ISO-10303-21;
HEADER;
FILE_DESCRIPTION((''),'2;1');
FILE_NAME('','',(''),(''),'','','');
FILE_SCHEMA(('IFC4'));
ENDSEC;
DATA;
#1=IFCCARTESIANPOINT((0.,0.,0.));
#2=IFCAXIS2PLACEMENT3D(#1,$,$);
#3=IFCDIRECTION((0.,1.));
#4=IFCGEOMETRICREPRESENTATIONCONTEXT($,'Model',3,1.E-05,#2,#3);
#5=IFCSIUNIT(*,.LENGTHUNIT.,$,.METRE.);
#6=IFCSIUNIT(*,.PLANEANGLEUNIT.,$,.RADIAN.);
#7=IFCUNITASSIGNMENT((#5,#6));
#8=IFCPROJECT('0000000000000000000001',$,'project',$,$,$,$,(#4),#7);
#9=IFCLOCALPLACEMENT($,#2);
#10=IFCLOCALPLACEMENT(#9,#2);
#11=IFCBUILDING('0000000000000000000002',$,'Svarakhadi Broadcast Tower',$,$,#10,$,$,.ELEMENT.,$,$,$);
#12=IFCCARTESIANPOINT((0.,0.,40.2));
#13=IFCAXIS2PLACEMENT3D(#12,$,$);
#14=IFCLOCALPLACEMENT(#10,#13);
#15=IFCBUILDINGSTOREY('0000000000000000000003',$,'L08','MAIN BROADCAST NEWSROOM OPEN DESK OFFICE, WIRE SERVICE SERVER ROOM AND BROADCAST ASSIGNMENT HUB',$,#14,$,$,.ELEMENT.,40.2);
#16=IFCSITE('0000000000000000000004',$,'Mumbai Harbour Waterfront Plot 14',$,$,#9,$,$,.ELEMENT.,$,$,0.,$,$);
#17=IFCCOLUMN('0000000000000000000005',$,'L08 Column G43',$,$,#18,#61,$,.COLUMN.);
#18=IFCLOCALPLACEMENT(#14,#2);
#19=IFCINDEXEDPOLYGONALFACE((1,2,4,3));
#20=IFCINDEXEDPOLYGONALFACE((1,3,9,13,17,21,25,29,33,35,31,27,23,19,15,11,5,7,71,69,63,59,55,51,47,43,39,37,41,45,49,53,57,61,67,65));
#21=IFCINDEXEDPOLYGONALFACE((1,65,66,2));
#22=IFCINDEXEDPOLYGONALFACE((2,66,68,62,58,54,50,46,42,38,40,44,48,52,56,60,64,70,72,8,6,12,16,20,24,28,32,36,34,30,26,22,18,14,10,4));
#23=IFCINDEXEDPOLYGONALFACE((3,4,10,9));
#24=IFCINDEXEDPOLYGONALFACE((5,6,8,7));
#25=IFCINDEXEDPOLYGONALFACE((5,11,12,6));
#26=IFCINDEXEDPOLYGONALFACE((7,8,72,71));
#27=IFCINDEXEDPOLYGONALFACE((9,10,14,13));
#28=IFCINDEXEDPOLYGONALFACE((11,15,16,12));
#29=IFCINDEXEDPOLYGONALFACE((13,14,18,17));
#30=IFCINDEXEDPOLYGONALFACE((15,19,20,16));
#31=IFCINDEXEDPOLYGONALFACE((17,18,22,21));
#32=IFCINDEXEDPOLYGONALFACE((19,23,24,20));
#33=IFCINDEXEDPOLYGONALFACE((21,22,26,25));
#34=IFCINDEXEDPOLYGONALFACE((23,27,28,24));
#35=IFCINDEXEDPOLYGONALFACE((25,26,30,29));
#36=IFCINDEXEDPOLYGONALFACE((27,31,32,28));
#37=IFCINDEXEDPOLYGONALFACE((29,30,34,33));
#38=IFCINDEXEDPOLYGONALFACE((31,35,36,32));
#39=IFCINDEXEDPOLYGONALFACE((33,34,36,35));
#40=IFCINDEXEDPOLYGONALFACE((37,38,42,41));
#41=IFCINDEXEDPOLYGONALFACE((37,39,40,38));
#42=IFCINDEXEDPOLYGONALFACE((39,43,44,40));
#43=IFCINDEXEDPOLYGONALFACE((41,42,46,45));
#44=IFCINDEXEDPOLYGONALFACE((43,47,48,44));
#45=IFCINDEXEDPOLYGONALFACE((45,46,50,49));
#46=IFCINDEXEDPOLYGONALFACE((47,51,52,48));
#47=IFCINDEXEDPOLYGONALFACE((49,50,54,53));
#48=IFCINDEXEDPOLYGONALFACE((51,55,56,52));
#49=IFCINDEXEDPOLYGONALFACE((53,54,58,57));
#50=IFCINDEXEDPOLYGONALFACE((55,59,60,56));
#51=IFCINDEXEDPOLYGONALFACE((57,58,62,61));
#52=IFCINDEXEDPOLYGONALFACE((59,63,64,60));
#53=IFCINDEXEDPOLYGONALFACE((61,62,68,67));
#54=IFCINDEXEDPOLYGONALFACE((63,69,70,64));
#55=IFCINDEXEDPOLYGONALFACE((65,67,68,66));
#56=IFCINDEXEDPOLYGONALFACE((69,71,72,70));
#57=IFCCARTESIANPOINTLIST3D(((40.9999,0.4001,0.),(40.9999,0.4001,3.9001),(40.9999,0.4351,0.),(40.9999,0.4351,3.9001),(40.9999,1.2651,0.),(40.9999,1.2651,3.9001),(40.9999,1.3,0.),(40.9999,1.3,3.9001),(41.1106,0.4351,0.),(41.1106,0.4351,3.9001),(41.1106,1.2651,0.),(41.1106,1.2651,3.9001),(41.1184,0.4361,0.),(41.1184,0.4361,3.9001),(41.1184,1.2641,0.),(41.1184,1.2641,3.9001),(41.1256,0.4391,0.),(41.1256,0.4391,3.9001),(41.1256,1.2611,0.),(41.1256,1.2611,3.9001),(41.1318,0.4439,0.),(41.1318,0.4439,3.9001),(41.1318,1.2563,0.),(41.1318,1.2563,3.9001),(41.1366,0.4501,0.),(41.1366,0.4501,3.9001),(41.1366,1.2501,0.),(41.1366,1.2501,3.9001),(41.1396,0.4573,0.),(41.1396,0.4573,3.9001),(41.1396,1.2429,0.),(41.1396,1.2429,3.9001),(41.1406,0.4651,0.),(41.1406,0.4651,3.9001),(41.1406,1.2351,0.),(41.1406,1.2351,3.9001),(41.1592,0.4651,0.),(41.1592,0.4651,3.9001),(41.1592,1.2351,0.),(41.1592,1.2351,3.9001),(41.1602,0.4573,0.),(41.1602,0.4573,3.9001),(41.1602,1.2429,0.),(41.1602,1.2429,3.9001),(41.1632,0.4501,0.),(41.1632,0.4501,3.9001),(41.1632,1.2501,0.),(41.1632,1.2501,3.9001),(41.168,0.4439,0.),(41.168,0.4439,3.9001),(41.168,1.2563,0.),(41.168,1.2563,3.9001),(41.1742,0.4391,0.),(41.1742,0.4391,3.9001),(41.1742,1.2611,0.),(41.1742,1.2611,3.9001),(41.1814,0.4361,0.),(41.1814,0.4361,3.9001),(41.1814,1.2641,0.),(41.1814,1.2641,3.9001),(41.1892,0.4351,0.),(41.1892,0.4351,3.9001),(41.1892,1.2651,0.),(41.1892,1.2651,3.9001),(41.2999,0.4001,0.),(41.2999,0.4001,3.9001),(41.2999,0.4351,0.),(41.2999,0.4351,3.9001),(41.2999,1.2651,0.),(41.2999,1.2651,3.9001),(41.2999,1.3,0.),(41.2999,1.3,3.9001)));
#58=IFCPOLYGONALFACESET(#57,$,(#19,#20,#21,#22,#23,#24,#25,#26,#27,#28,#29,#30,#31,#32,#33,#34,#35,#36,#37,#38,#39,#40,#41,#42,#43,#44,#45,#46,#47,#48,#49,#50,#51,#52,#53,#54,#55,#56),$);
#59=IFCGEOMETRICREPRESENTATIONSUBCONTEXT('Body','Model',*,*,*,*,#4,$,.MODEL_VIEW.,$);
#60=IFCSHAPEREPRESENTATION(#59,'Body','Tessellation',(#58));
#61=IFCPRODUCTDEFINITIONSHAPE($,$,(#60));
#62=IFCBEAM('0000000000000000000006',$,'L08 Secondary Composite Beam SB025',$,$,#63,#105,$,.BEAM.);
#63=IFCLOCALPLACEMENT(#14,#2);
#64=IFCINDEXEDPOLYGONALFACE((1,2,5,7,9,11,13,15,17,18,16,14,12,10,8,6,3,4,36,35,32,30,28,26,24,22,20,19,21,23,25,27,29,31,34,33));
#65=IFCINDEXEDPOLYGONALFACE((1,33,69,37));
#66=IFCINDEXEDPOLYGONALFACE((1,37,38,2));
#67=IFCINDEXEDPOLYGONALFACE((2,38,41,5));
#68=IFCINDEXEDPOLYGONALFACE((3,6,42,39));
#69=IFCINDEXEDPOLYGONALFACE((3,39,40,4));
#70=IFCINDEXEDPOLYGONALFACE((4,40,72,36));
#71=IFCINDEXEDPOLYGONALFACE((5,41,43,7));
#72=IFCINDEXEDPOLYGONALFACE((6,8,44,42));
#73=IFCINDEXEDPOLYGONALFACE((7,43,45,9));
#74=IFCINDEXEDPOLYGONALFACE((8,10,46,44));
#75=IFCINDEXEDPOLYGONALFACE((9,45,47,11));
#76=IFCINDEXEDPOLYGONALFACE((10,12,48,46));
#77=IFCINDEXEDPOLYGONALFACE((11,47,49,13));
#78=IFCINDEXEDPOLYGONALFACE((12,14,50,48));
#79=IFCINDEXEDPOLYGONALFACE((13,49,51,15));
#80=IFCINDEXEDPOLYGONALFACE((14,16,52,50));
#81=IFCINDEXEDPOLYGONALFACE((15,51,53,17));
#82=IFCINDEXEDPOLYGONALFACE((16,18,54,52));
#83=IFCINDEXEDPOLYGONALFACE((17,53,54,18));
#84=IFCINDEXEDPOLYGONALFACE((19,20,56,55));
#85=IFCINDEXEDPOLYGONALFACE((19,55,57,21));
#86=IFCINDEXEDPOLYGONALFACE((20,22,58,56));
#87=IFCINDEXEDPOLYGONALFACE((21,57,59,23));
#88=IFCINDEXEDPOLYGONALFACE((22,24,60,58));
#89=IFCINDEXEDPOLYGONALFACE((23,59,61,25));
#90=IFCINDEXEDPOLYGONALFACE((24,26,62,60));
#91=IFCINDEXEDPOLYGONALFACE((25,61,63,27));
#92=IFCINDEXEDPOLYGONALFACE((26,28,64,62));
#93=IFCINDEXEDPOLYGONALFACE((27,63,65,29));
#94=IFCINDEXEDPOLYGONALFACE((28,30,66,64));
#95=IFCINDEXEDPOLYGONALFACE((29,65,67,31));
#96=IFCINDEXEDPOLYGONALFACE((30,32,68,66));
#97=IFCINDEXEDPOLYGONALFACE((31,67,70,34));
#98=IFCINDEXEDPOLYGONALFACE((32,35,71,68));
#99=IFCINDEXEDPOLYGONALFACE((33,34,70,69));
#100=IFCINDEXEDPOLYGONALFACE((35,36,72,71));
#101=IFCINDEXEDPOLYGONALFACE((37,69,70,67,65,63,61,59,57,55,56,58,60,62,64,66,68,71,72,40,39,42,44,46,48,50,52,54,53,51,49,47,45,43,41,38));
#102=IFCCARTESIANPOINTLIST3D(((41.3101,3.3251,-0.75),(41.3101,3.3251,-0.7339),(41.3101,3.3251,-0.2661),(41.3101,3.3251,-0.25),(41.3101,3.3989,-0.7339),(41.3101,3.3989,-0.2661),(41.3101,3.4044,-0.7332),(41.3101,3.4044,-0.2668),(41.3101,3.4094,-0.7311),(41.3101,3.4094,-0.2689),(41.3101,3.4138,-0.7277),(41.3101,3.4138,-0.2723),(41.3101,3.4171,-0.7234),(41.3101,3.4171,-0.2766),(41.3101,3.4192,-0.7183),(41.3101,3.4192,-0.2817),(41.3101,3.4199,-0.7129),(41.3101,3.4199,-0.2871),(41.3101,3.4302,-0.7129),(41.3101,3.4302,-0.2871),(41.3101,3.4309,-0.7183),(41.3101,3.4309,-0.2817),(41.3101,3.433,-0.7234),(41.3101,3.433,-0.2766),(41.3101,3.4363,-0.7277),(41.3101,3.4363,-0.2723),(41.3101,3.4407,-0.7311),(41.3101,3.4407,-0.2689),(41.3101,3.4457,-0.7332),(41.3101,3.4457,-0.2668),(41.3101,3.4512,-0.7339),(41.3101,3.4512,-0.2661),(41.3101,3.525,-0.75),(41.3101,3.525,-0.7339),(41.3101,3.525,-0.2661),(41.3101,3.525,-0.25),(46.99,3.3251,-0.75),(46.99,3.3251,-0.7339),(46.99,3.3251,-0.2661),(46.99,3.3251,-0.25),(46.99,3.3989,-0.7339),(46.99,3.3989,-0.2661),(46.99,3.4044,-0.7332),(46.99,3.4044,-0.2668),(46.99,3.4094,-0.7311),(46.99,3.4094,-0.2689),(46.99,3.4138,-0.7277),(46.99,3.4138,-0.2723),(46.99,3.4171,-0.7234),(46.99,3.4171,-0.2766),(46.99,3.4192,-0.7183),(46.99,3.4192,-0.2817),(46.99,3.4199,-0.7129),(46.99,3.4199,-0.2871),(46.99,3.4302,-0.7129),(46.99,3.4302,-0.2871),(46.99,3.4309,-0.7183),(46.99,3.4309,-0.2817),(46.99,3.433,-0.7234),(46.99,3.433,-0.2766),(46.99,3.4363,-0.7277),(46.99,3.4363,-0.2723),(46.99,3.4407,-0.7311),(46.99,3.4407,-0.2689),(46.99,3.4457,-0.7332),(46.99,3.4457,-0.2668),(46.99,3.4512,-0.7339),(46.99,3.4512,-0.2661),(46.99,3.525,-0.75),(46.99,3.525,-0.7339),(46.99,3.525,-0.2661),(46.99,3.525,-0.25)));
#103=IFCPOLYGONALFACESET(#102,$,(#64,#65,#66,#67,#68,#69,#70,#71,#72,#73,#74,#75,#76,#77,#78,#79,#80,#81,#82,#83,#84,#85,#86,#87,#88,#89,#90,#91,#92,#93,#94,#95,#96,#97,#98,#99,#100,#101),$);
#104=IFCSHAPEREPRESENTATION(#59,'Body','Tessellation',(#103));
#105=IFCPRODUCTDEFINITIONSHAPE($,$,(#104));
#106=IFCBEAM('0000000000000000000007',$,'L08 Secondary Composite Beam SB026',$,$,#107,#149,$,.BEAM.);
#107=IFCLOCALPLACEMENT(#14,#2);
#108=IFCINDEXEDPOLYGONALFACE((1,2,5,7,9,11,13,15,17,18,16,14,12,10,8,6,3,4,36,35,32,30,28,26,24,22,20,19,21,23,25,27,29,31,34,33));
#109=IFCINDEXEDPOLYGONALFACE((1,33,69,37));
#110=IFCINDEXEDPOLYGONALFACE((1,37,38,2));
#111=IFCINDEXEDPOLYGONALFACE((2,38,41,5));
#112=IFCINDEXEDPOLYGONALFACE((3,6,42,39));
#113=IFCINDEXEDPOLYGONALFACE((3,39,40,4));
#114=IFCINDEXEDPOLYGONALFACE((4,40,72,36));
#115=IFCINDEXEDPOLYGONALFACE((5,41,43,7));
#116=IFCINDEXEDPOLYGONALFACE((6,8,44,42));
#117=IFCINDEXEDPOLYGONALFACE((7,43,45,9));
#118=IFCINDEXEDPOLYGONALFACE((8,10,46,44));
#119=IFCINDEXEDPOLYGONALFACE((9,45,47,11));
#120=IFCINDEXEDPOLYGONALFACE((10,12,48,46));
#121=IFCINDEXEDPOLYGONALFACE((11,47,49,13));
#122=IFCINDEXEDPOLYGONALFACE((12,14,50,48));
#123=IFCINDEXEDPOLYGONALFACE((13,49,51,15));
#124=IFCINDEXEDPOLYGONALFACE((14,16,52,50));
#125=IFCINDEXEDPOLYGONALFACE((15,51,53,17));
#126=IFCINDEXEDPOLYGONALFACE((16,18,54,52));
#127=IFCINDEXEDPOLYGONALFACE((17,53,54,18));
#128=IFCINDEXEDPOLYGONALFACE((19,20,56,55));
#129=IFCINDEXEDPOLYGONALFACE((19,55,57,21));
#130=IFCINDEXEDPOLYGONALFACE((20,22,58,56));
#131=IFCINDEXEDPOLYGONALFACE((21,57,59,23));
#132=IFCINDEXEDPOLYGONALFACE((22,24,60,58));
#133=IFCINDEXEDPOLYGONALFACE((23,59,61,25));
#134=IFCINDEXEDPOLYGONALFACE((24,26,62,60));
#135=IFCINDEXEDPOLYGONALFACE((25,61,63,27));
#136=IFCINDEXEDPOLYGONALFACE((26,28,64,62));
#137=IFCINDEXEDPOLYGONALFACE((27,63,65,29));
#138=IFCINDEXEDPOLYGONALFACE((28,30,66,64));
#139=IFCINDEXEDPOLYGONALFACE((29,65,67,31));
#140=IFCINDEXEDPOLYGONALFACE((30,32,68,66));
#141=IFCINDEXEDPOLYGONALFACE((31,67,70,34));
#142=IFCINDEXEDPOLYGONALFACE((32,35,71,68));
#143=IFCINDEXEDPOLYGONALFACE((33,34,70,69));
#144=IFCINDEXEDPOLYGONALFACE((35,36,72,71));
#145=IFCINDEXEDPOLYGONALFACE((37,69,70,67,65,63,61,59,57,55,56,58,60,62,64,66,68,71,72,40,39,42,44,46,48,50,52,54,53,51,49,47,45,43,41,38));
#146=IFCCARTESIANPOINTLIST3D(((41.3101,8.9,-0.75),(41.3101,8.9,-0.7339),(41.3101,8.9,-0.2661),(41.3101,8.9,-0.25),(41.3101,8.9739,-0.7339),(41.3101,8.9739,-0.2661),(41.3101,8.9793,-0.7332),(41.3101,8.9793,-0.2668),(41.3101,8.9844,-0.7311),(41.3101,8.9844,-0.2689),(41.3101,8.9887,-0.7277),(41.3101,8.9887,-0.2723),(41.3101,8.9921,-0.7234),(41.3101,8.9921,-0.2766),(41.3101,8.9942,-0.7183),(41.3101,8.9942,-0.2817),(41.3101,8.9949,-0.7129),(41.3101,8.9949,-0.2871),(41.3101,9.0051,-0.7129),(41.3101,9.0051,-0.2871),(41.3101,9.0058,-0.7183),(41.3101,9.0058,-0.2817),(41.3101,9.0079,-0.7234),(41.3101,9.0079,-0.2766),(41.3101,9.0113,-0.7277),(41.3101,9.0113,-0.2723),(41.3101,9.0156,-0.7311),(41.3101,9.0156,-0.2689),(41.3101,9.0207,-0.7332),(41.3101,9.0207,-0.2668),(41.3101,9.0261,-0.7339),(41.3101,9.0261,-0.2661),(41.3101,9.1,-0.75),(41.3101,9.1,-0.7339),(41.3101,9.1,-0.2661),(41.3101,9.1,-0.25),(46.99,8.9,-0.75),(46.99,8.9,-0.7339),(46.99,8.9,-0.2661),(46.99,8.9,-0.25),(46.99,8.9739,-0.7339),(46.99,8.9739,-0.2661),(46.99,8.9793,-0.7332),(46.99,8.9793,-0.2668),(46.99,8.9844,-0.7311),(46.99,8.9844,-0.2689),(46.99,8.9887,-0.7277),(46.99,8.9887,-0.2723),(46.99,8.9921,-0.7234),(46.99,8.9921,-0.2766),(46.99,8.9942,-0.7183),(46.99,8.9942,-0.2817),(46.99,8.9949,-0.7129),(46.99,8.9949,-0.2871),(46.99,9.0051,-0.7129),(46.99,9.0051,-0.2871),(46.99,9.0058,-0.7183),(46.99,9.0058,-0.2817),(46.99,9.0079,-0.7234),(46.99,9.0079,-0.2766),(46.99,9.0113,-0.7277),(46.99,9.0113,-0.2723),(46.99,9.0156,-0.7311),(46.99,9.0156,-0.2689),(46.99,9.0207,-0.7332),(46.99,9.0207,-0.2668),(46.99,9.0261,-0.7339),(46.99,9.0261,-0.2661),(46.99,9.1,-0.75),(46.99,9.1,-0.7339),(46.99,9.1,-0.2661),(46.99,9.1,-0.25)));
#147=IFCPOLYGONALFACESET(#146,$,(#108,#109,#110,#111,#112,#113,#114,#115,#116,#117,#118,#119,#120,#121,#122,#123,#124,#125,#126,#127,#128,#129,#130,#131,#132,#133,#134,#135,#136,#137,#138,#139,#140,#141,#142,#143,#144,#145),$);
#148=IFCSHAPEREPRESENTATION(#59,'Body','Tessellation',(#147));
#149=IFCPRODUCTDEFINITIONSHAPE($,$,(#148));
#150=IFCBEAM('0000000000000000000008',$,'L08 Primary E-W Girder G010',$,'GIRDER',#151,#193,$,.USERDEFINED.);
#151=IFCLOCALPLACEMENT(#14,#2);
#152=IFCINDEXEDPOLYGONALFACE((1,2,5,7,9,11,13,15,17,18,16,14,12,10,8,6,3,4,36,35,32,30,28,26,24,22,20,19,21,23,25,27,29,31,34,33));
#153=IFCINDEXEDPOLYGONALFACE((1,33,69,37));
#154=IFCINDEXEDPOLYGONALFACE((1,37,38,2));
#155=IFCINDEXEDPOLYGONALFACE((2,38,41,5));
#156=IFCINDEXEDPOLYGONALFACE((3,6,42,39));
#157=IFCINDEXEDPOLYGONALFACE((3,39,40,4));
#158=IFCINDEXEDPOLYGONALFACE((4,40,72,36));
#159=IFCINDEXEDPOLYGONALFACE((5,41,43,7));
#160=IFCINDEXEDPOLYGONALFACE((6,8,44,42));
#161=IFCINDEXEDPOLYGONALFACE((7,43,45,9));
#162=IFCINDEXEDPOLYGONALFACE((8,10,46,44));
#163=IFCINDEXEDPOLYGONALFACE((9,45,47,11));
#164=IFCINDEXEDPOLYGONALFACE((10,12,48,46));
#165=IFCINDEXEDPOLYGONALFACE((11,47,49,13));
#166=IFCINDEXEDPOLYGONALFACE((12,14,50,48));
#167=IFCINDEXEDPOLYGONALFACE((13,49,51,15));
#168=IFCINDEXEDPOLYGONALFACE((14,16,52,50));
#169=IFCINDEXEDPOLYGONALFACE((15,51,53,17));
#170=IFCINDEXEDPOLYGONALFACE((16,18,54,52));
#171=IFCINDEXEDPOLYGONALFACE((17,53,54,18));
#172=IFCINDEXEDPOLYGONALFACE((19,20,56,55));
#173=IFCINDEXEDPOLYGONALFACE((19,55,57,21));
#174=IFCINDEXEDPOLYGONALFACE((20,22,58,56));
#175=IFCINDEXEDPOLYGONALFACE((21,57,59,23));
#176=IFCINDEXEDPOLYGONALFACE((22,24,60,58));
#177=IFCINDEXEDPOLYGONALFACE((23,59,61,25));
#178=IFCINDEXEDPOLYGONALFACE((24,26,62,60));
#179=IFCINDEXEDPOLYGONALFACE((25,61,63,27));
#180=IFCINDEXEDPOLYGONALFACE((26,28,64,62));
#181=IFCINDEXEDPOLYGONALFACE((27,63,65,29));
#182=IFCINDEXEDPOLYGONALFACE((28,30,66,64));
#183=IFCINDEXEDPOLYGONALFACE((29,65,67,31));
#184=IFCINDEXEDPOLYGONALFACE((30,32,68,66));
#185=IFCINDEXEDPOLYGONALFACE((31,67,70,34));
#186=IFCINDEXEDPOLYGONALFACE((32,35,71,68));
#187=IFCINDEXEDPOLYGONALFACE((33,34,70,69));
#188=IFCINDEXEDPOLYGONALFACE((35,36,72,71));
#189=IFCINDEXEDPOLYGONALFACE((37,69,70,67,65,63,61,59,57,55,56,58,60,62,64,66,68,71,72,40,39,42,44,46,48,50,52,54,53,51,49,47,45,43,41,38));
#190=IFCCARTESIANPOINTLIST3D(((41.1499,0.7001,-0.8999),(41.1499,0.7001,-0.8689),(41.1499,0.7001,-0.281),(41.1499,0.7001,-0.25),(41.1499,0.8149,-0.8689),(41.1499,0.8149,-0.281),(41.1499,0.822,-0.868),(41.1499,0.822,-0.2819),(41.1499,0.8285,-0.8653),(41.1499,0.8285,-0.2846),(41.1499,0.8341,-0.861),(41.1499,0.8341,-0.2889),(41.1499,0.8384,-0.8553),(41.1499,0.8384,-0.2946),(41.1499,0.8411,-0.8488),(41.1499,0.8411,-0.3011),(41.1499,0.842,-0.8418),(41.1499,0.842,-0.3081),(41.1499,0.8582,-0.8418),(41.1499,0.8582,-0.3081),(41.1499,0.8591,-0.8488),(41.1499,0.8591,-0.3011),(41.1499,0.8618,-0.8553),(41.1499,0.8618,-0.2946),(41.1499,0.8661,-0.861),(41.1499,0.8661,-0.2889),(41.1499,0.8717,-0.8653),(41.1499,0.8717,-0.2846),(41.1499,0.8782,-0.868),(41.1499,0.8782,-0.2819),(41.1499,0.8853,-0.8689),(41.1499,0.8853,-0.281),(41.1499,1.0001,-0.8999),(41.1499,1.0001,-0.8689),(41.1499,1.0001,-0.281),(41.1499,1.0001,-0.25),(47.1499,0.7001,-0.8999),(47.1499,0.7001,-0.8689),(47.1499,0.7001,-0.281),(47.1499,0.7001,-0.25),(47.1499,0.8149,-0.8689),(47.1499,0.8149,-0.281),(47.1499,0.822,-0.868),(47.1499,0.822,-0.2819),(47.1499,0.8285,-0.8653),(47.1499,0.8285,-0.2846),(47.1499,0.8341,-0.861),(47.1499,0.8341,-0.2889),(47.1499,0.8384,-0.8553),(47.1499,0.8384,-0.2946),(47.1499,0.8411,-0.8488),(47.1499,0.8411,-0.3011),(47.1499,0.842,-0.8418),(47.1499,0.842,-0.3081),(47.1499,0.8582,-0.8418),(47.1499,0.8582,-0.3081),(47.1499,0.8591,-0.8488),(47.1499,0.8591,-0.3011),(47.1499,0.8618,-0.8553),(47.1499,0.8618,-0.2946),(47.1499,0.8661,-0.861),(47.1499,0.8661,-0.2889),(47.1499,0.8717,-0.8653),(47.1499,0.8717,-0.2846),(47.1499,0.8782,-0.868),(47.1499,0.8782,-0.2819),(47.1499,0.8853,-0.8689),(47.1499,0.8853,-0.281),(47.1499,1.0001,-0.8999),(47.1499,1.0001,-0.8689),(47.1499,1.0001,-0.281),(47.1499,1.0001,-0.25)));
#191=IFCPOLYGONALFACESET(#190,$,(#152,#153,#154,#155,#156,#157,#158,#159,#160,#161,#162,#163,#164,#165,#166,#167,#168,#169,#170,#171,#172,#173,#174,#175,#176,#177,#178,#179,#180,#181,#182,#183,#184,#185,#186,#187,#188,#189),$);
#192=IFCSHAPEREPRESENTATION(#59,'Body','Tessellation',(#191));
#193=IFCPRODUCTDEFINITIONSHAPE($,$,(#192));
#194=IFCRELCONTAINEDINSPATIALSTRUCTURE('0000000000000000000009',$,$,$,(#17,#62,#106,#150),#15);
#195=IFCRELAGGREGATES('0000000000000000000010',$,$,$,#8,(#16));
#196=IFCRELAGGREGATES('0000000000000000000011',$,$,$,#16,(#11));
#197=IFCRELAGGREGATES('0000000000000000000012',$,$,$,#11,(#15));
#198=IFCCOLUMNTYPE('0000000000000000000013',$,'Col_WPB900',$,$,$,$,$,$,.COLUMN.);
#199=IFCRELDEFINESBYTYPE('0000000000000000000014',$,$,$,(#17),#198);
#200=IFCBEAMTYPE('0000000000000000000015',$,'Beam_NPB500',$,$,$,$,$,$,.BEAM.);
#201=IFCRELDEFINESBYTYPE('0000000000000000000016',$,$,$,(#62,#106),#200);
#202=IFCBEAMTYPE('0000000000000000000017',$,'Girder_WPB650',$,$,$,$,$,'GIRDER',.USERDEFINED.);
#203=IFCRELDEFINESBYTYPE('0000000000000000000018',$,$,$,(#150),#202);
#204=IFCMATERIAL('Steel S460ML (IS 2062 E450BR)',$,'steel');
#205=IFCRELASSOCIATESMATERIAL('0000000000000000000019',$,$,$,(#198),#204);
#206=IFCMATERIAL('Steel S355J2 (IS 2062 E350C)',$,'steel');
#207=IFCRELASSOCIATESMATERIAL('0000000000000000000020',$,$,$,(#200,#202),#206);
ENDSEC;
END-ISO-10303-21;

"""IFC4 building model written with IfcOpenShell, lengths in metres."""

from ifc_helpers import new_model, si_unit, direction, frame, origin, origin_2d, place, context, subcontext, project, spatial, i_section, extrude, material, material_profile, profile_set, type_object, element, save


model = new_model("IFC4")

# Units and contexts
model_context = context("Model", 3, precision=1e-05, world=origin(), true_north=direction((0.0, 1.0)))
body_context = subcontext(model_context, "Body", "Model", "MODEL_VIEW")
ifc_project = project(units=[si_unit("LENGTHUNIT", "METRE"), si_unit("PLANEANGLEUNIT", "RADIAN")], contexts=[model_context])

# Site, building, storey
site_placement = place(None, origin())
site = spatial("IfcSite", under=ifc_project, at=site_placement, Name="Mumbai Harbour Waterfront Plot 14", CompositionType="ELEMENT", RefElevation=0.0)
building_placement = place(site_placement, origin())
building = spatial("IfcBuilding", under=site, at=building_placement, Name="Svarakhadi Broadcast Tower", CompositionType="ELEMENT")
storey_placement = place(building_placement, frame((0.0, 0.0, 40.2)))
storey = spatial("IfcBuildingStorey", under=building, at=storey_placement, Name="L08", Description="MAIN BROADCAST NEWSROOM OPEN DESK OFFICE, WIRE SERVICE SERVER ROOM AND BROADCAST ASSIGNMENT HUB", CompositionType="ELEMENT", Elevation=40.2)

# Column
ifc_material_1 = material(Name="Steel S460ML (IS 2062 E450BR)", Category="steel")
ifc_material_profile_1 = material_profile(ifc_material_1, i_section(OverallWidth=0.3, OverallDepth=0.8999, WebThickness=0.0186, FlangeThickness=0.0349, FilletRadius=0.03, at=origin_2d()), Name="WPB 900x300x291")
ifc_profile_set_1 = profile_set([ifc_material_profile_1], Name="Steel S460ML (IS 2062 E450BR)")
column_type_1 = type_object("IfcColumnType", Name="Col_WPB900", PredefinedType="COLUMN", material=ifc_profile_set_1)
column_1_placement = place(storey_placement, frame((41.1499, 0.8501, 0.0), z_axis=(0.0, 0.0, 1.0), x_axis=(1.0, 0.0, 0.0)))
element("IfcColumn", 1, at=column_1_placement, inside=storey, type_object=column_type_1, Name="L08 Column G43", PredefinedType="COLUMN", context=body_context, shape_type="SweptSolid", body=[
    extrude(i_section(OverallWidth=0.3, OverallDepth=0.8999, WebThickness=0.0186, FlangeThickness=0.0349, FilletRadius=0.03, at=origin_2d()), origin(), (0.0, 0.0, 1.0), 3.9001),
])

# Beams
ifc_material_2 = material(Name="Steel S355J2 (IS 2062 E350C)", Category="steel")
ifc_material_profile_2 = material_profile(ifc_material_2, i_section(OverallWidth=0.2, OverallDepth=0.5, WebThickness=0.0103, FlangeThickness=0.0161, FilletRadius=0.021, at=origin_2d()), Name="NPB 500x200x91")
ifc_profile_set_2 = profile_set([ifc_material_profile_2], Name="Steel S355J2 (IS 2062 E350C)")
beam_type_1 = type_object("IfcBeamType", Name="Beam_NPB500", PredefinedType="BEAM", material=ifc_profile_set_2)
for number, where, z_axis, x_axis, name in (
    (2, (41.3101, 3.425, -0.5), (1.0, 0.0, 0.0), (0.0, 1.0, 0.0), "L08 Secondary Composite Beam SB025"),
    (3, (41.3101, 9.0, -0.5), (1.0, 0.0, 0.0), (0.0, 1.0, 0.0), "L08 Secondary Composite Beam SB026"),
):
    element("IfcBeam", number, at=place(storey_placement, frame(where, z_axis=z_axis, x_axis=x_axis)), inside=storey, type_object=beam_type_1, Name=name, PredefinedType="BEAM", context=body_context, shape_type="SweptSolid", body=[
        extrude(i_section(OverallWidth=0.2, OverallDepth=0.5, WebThickness=0.0103, FlangeThickness=0.0161, FilletRadius=0.021, at=origin_2d()), origin(), (0.0, 0.0, 1.0), 5.6799),
    ])
ifc_material_profile_3 = material_profile(ifc_material_2, i_section(OverallWidth=0.3, OverallDepth=0.6499, WebThickness=0.0161, FlangeThickness=0.031, FilletRadius=0.0271, at=origin_2d()), Name="WPB 650x300x225")
ifc_profile_set_3 = profile_set([ifc_material_profile_3], Name="Steel S355J2 (IS 2062 E350C)")
beam_type_2 = type_object("IfcBeamType", Name="Girder_WPB650", ElementType="GIRDER", PredefinedType="USERDEFINED", material=ifc_profile_set_3)
for number, where, z_axis, x_axis, name in (
    (4, (41.1499, 0.8501, -0.575), (1.0, 0.0, 0.0), (0.0, 1.0, 0.0), "L08 Primary E-W Girder G010"),
):
    element("IfcBeam", number, at=place(storey_placement, frame(where, z_axis=z_axis, x_axis=x_axis)), inside=storey, type_object=beam_type_2, Name=name, ObjectType="GIRDER", PredefinedType="USERDEFINED", context=body_context, shape_type="SweptSolid", body=[
        extrude(i_section(OverallWidth=0.3, OverallDepth=0.6499, WebThickness=0.0161, FlangeThickness=0.031, FilletRadius=0.0271, at=origin_2d()), origin(), (0.0, 0.0, 1.0), 6.0),
    ])

save(model, "model.ifc")
